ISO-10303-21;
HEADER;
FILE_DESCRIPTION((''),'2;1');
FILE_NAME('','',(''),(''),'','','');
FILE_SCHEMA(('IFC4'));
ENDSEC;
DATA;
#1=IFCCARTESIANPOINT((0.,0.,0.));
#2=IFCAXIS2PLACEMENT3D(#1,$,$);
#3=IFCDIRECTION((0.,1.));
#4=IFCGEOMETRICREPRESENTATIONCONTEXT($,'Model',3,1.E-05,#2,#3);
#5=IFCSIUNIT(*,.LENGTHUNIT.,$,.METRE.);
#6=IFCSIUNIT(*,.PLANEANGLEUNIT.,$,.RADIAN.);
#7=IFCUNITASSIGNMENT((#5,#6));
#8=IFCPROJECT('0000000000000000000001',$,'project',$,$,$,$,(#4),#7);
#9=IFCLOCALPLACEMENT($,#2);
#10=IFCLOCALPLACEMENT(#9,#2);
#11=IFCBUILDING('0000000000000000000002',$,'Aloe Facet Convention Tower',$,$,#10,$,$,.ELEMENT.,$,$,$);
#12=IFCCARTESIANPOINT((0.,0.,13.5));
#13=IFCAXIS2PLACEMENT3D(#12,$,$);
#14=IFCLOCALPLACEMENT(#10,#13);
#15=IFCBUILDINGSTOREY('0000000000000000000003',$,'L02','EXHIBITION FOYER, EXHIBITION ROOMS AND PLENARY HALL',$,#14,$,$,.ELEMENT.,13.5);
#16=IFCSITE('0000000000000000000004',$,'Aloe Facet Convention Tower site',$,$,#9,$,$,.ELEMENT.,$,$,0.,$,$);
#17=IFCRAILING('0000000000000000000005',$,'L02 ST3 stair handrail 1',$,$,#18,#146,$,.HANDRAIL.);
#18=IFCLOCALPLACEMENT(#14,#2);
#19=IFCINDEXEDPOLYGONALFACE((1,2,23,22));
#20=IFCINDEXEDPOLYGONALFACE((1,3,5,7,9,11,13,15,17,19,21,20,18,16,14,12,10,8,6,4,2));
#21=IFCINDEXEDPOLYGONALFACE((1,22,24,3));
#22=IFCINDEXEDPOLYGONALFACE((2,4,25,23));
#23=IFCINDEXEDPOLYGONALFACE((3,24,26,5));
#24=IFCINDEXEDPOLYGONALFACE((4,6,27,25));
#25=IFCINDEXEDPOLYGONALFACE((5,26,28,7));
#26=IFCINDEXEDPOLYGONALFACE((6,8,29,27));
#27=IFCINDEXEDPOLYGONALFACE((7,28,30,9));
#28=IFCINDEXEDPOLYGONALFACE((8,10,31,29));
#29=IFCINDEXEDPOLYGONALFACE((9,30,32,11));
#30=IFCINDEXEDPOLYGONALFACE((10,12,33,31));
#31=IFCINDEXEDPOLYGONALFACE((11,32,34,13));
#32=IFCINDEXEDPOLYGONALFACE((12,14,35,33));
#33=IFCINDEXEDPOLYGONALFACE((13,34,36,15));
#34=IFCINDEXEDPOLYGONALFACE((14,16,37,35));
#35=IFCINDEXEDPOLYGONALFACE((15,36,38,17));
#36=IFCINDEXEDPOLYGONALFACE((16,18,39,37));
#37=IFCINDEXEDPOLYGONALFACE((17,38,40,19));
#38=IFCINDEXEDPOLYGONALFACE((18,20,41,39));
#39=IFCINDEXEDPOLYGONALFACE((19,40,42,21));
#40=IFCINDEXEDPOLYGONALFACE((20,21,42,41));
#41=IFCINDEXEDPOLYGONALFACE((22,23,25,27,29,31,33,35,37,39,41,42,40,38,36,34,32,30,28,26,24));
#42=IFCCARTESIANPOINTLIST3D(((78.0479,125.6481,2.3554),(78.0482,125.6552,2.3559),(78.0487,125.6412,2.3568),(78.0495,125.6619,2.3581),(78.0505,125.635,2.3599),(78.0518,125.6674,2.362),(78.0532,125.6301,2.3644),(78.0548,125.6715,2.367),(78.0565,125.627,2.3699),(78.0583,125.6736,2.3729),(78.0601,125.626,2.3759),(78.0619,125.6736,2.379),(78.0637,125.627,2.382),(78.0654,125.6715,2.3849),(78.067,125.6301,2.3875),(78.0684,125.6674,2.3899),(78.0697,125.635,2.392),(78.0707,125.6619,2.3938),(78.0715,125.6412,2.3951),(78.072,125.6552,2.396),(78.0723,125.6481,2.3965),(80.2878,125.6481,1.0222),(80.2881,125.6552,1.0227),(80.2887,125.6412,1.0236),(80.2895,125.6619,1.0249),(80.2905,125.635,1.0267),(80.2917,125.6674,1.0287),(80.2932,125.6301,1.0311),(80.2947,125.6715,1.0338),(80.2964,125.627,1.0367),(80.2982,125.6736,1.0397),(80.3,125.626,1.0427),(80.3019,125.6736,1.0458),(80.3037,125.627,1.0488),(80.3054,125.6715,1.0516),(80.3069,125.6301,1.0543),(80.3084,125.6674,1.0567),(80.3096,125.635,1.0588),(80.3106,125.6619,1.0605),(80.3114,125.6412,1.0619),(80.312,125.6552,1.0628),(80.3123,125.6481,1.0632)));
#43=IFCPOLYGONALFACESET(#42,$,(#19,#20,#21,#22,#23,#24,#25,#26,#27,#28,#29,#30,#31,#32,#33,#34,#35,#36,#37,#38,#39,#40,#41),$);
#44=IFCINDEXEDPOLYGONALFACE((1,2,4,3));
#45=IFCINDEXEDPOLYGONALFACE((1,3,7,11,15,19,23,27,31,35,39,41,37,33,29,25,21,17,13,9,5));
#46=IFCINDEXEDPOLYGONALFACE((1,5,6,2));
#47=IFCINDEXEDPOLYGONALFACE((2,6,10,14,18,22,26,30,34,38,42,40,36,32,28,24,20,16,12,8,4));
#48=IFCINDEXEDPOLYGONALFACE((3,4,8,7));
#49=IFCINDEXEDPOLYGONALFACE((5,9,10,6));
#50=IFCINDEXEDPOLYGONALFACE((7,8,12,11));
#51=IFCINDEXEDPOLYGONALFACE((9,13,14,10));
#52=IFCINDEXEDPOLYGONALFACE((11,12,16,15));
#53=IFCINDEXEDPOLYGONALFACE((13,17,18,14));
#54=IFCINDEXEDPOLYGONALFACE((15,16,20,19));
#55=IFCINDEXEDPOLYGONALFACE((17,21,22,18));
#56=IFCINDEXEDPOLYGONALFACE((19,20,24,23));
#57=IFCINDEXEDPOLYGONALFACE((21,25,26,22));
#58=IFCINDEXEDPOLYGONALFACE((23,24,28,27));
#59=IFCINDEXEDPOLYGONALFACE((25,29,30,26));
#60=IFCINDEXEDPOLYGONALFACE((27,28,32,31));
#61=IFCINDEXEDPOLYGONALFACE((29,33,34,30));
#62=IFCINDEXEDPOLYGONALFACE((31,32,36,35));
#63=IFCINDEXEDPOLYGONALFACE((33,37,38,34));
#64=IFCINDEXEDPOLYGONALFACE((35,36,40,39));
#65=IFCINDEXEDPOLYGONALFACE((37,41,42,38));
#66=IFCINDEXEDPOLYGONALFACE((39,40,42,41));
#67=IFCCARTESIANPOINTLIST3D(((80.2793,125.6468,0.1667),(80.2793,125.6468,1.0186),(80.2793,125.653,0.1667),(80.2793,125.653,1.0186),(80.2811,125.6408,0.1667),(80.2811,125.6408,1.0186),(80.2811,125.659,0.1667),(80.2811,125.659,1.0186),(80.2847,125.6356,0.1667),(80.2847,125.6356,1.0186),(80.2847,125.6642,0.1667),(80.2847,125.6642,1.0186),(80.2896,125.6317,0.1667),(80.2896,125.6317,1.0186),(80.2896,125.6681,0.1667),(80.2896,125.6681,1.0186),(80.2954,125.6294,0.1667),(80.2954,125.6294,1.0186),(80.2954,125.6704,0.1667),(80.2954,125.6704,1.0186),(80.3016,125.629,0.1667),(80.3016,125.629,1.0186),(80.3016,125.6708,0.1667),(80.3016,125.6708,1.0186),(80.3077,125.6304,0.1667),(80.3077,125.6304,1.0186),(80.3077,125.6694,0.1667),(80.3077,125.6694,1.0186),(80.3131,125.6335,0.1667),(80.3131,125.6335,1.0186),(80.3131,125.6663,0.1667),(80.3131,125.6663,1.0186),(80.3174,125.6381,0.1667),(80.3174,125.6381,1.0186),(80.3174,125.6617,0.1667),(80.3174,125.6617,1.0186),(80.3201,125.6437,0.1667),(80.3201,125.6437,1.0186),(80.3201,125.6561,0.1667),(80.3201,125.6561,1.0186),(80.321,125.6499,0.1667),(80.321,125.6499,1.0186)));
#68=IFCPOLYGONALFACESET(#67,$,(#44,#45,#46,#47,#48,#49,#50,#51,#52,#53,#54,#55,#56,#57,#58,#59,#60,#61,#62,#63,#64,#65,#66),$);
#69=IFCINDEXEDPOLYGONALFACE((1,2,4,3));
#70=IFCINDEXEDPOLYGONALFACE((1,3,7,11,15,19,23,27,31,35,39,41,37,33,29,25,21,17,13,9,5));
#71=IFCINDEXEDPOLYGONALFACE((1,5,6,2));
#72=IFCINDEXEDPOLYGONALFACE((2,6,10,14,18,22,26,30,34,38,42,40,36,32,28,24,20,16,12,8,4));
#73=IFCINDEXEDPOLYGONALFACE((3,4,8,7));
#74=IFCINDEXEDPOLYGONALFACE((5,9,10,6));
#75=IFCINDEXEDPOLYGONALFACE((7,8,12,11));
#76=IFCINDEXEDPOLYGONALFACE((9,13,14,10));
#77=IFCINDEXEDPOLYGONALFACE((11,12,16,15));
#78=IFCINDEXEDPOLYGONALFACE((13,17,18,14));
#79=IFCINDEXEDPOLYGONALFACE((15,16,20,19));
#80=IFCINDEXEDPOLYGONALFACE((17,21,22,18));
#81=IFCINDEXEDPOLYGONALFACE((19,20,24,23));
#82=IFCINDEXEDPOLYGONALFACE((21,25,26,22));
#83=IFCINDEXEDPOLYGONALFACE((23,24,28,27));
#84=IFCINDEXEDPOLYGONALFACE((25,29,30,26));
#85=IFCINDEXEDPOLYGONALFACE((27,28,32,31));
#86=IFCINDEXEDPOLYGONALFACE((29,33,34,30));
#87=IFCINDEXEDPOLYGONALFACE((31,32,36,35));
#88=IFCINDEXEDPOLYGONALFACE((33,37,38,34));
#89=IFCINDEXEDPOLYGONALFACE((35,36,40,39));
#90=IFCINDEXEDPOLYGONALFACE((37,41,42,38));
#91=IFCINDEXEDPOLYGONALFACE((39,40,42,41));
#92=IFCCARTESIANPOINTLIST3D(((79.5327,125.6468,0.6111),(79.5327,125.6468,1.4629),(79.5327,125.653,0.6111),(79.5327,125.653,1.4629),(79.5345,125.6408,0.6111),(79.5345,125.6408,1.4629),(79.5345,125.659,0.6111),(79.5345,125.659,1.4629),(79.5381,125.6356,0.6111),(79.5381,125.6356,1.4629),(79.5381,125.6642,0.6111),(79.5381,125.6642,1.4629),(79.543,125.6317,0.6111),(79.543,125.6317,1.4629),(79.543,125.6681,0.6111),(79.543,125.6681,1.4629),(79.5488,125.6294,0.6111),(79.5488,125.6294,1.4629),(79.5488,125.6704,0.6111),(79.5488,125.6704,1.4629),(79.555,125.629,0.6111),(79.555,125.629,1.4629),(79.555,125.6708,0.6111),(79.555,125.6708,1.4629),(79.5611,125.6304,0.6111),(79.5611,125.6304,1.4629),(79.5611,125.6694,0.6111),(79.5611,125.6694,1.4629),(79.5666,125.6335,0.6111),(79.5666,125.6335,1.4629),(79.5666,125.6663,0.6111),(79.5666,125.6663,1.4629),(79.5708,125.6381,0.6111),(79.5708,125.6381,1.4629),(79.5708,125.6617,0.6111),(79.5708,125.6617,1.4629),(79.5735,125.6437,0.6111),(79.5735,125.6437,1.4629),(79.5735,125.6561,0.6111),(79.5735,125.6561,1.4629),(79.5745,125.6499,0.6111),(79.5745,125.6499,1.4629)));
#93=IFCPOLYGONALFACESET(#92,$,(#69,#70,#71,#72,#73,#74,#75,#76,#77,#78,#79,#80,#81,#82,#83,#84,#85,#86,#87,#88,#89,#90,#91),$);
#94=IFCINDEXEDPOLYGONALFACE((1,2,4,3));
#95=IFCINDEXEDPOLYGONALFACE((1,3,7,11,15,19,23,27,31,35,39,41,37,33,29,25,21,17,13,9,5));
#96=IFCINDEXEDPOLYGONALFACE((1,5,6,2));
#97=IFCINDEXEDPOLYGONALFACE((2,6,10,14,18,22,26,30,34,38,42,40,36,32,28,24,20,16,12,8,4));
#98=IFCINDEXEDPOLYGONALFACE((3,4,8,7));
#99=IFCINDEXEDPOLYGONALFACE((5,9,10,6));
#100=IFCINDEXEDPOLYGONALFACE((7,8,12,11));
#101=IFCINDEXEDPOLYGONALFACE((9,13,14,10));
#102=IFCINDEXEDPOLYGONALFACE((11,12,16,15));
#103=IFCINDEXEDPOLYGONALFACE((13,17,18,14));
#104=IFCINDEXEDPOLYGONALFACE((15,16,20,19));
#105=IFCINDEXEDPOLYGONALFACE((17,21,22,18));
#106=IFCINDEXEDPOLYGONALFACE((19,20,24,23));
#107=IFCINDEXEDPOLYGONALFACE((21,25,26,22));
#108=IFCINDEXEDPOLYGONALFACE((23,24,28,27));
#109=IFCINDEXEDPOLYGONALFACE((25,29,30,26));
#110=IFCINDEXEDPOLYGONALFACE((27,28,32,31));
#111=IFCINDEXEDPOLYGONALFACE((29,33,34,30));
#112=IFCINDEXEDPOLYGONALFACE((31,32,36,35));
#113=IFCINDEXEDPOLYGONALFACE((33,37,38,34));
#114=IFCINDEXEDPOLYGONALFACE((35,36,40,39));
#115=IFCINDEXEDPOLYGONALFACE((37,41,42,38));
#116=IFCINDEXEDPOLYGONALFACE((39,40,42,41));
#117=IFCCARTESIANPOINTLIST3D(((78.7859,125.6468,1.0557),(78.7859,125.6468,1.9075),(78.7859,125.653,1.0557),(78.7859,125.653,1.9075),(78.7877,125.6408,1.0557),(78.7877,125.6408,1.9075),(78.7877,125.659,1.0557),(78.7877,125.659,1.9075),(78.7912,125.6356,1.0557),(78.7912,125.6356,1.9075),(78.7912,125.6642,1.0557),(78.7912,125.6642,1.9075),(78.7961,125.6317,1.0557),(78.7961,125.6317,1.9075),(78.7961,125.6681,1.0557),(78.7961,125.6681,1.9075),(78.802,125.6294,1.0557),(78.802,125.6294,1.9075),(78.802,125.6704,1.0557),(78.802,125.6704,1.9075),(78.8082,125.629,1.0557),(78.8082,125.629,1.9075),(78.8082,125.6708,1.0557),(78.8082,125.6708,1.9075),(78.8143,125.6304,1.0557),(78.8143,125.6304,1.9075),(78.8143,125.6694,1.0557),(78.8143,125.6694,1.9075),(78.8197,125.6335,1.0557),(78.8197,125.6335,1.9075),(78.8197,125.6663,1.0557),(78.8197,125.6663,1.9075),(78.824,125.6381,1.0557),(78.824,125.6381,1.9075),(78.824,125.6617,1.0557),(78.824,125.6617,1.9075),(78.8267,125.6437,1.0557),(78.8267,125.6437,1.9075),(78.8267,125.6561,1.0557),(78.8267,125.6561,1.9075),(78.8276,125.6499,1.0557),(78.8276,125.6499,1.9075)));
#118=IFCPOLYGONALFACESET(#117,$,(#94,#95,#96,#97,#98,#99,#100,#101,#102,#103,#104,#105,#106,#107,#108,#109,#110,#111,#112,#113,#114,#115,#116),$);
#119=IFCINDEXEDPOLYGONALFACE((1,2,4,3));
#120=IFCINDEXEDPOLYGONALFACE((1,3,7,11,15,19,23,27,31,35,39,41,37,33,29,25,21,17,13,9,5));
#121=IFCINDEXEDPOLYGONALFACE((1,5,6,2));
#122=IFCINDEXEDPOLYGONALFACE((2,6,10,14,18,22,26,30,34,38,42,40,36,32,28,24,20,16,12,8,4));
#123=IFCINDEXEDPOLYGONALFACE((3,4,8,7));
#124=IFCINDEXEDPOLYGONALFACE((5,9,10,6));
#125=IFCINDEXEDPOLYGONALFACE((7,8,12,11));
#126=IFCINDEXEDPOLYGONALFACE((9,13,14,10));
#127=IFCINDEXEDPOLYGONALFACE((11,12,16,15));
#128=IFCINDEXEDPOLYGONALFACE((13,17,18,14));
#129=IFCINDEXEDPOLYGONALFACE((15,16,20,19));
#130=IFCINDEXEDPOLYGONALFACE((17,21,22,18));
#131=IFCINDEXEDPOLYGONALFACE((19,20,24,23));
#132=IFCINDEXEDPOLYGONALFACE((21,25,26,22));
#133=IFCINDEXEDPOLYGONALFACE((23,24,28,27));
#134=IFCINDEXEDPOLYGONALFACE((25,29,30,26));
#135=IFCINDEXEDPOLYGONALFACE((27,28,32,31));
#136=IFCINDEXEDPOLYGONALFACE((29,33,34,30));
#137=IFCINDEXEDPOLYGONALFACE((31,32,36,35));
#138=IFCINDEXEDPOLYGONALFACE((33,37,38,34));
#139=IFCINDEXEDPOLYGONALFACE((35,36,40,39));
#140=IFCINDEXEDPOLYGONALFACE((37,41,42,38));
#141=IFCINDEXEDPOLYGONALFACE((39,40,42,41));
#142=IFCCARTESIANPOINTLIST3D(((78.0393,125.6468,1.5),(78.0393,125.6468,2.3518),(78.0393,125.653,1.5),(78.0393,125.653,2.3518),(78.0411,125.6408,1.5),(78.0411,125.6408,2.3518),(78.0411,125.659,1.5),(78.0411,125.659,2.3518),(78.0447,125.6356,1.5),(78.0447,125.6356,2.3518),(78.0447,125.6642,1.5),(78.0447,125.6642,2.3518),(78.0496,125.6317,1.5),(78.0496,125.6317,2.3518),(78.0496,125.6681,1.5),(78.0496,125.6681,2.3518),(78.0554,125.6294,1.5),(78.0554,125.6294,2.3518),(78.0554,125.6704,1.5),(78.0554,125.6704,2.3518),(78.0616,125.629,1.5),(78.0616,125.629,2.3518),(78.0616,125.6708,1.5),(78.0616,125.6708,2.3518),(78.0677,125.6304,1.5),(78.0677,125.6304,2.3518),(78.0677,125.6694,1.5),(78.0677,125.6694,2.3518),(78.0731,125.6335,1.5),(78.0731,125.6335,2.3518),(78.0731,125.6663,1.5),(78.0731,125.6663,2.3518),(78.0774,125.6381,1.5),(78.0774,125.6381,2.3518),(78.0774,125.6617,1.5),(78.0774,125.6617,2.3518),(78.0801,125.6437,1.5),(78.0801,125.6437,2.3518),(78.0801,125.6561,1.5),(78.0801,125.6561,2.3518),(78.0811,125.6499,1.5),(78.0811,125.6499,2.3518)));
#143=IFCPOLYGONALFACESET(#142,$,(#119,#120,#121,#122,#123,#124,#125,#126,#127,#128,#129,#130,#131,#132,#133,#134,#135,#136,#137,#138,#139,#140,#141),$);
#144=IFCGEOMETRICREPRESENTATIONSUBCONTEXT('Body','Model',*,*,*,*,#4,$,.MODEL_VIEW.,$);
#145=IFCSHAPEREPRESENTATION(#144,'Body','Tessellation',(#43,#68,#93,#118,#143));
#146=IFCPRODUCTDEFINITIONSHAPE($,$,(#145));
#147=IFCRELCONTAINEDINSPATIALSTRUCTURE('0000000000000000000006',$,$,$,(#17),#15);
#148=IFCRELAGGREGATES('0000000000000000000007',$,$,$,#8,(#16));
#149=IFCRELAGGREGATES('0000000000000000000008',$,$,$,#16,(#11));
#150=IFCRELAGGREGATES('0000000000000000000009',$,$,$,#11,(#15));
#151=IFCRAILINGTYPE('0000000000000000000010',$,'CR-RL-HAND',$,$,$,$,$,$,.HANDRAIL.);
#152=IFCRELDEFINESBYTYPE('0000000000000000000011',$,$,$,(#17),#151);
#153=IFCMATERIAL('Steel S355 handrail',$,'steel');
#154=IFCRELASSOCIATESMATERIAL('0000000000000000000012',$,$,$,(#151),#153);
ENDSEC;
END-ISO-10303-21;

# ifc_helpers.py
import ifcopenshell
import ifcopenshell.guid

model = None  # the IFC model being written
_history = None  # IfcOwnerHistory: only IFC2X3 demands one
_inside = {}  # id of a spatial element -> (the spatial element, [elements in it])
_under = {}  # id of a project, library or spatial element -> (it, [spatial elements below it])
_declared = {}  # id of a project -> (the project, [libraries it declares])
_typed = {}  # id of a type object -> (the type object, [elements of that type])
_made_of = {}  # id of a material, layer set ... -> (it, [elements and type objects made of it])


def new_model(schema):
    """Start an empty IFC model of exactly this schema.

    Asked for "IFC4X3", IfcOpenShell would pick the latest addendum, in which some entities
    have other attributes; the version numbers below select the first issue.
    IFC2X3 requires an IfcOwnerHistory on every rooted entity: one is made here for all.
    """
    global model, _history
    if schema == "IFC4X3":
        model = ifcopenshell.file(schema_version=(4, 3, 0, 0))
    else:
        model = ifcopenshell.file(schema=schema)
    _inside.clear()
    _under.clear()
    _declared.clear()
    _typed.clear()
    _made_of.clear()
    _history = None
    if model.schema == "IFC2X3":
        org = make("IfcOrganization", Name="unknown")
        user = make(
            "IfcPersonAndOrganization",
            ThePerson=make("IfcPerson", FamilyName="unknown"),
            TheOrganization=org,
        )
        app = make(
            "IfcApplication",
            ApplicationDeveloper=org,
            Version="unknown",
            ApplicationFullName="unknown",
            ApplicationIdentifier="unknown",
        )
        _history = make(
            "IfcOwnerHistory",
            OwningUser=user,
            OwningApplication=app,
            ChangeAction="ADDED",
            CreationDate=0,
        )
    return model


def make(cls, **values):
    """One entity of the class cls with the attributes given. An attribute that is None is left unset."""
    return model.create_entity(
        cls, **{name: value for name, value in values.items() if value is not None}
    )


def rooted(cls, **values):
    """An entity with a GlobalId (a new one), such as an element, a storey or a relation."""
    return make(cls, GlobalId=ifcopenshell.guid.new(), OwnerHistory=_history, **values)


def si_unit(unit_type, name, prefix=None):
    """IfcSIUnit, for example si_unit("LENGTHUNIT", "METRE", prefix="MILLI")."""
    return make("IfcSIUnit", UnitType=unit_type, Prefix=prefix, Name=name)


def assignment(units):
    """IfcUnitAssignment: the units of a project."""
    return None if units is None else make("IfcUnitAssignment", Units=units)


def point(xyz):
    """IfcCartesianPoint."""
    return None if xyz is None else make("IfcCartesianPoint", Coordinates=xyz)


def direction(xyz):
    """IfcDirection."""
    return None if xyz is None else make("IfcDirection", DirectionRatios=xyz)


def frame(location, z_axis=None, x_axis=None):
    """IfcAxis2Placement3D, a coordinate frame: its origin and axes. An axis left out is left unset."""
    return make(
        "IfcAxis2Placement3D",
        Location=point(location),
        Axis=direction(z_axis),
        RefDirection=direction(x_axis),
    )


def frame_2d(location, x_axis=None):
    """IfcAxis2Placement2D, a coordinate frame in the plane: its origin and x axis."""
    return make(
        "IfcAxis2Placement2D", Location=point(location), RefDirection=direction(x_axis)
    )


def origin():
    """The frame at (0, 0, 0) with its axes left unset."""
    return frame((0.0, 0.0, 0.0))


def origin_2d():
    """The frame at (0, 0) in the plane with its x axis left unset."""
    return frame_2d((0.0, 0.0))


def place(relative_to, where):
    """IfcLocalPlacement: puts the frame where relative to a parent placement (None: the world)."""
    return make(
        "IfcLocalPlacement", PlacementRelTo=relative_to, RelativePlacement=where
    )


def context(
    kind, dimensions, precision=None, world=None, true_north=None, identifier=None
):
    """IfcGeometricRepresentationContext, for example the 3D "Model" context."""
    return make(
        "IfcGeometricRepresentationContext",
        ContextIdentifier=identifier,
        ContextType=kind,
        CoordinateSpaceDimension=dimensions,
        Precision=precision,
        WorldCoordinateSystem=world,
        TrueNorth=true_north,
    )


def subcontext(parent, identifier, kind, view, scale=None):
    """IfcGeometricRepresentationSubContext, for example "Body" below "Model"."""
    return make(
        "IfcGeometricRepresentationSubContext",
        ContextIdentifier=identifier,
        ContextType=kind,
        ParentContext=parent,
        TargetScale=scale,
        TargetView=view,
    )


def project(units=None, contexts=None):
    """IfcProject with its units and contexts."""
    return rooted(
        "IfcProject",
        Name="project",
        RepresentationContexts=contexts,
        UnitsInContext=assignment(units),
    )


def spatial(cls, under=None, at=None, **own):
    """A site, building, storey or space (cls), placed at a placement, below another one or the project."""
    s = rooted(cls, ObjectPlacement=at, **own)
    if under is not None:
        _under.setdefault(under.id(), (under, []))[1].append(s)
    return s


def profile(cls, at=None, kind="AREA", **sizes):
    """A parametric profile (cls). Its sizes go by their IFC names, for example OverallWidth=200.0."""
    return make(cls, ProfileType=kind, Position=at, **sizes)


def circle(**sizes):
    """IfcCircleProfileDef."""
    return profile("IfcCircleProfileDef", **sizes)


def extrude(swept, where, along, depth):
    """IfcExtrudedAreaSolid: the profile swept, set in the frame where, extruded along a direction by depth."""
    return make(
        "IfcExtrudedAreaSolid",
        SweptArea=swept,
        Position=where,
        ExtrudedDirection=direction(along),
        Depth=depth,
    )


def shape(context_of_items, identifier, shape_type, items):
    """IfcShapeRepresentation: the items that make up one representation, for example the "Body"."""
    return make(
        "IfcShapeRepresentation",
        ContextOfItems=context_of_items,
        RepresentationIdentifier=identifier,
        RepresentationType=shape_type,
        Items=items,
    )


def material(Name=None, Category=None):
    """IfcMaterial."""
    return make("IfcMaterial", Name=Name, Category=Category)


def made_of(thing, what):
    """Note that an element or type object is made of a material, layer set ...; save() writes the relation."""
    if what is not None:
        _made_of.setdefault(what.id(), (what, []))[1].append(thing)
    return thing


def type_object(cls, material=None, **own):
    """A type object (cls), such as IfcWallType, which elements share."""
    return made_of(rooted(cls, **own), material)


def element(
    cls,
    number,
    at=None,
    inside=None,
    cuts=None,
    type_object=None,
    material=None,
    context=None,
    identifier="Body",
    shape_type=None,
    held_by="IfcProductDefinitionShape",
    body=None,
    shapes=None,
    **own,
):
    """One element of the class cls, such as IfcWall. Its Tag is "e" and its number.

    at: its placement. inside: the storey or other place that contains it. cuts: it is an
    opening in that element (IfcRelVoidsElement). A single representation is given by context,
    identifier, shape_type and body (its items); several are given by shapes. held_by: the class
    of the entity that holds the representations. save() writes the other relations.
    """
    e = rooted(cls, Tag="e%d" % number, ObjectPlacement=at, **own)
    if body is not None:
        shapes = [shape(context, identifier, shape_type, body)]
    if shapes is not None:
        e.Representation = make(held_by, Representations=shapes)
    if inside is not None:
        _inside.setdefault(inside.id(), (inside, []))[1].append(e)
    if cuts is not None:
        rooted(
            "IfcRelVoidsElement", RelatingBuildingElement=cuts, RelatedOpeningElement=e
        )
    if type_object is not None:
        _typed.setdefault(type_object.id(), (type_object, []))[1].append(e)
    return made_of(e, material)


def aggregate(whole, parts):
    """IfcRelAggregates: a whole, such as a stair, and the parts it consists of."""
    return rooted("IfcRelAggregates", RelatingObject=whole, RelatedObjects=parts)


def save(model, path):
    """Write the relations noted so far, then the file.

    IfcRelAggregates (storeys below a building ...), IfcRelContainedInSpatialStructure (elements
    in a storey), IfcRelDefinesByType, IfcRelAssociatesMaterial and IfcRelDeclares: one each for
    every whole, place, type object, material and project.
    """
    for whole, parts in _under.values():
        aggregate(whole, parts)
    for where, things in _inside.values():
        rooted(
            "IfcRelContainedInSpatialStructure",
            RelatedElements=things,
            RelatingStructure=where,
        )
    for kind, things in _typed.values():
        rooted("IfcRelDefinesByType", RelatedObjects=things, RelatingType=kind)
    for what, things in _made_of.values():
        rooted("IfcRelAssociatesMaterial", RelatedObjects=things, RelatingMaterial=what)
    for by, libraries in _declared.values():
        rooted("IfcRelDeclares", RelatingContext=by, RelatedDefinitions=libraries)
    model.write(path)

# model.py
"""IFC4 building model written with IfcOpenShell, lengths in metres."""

from ifc_helpers import new_model, si_unit, direction, frame, origin, origin_2d, place, context, subcontext, project, spatial, circle, extrude, material, type_object, element, save


model = new_model("IFC4")

# Units and contexts
model_context = context("Model", 3, precision=1e-05, world=origin(), true_north=direction((0.0, 1.0)))
body_context = subcontext(model_context, "Body", "Model", "MODEL_VIEW")
ifc_project = project(units=[si_unit("LENGTHUNIT", "METRE"), si_unit("PLANEANGLEUNIT", "RADIAN")], contexts=[model_context])

# Site, building, storey
site_placement = place(None, origin())
site = spatial("IfcSite", under=ifc_project, at=site_placement, Name="Aloe Facet Convention Tower site", CompositionType="ELEMENT", RefElevation=0.0)
building_placement = place(site_placement, origin())
building = spatial("IfcBuilding", under=site, at=building_placement, Name="Aloe Facet Convention Tower", CompositionType="ELEMENT")
storey_placement = place(building_placement, frame((0.0, 0.0, 13.5)))
storey = spatial("IfcBuildingStorey", under=building, at=storey_placement, Name="L02", Description="EXHIBITION FOYER, EXHIBITION ROOMS AND PLENARY HALL", CompositionType="ELEMENT", Elevation=13.5)

# Railing
ifc_material_1 = material(Name="Steel S355 handrail", Category="steel")
railing_type_1 = type_object("IfcRailingType", Name="CR-RL-HAND", PredefinedType="HANDRAIL", material=ifc_material_1)
for number, where, name in (
    (1, (80.3, 125.6499, 0.1667), "L02 ST3 stair handrail 1"),
):
    element("IfcRailing", number, at=place(storey_placement, frame(where)), inside=storey, type_object=railing_type_1, Name=name, PredefinedType="HANDRAIL", context=body_context, shape_type="SweptSolid", body=[
        extrude(circle(Radius=0.0239, at=origin_2d()), frame((0.0, 0.0, 0.876), z_axis=(-0.859306, 0.0, 0.511462), x_axis=(0.0, -1.0, 0.0)), (0.0, 0.0, 1.0), 2.6067),
        extrude(circle(Radius=0.021, at=origin_2d()), origin(), (0.0, 0.0, 1.0), 0.8518),
        extrude(circle(Radius=0.021, at=origin_2d()), frame((-0.7466, 0.0, 0.4443)), (0.0, 0.0, 1.0), 0.8518),
        extrude(circle(Radius=0.021, at=origin_2d()), frame((-1.4934, 0.0, 0.8889)), (0.0, 0.0, 1.0), 0.8518),
        extrude(circle(Radius=0.021, at=origin_2d()), frame((-2.24, 0.0, 1.3333)), (0.0, 0.0, 1.0), 0.8518),
    ])

save(model, "model.ifc")
